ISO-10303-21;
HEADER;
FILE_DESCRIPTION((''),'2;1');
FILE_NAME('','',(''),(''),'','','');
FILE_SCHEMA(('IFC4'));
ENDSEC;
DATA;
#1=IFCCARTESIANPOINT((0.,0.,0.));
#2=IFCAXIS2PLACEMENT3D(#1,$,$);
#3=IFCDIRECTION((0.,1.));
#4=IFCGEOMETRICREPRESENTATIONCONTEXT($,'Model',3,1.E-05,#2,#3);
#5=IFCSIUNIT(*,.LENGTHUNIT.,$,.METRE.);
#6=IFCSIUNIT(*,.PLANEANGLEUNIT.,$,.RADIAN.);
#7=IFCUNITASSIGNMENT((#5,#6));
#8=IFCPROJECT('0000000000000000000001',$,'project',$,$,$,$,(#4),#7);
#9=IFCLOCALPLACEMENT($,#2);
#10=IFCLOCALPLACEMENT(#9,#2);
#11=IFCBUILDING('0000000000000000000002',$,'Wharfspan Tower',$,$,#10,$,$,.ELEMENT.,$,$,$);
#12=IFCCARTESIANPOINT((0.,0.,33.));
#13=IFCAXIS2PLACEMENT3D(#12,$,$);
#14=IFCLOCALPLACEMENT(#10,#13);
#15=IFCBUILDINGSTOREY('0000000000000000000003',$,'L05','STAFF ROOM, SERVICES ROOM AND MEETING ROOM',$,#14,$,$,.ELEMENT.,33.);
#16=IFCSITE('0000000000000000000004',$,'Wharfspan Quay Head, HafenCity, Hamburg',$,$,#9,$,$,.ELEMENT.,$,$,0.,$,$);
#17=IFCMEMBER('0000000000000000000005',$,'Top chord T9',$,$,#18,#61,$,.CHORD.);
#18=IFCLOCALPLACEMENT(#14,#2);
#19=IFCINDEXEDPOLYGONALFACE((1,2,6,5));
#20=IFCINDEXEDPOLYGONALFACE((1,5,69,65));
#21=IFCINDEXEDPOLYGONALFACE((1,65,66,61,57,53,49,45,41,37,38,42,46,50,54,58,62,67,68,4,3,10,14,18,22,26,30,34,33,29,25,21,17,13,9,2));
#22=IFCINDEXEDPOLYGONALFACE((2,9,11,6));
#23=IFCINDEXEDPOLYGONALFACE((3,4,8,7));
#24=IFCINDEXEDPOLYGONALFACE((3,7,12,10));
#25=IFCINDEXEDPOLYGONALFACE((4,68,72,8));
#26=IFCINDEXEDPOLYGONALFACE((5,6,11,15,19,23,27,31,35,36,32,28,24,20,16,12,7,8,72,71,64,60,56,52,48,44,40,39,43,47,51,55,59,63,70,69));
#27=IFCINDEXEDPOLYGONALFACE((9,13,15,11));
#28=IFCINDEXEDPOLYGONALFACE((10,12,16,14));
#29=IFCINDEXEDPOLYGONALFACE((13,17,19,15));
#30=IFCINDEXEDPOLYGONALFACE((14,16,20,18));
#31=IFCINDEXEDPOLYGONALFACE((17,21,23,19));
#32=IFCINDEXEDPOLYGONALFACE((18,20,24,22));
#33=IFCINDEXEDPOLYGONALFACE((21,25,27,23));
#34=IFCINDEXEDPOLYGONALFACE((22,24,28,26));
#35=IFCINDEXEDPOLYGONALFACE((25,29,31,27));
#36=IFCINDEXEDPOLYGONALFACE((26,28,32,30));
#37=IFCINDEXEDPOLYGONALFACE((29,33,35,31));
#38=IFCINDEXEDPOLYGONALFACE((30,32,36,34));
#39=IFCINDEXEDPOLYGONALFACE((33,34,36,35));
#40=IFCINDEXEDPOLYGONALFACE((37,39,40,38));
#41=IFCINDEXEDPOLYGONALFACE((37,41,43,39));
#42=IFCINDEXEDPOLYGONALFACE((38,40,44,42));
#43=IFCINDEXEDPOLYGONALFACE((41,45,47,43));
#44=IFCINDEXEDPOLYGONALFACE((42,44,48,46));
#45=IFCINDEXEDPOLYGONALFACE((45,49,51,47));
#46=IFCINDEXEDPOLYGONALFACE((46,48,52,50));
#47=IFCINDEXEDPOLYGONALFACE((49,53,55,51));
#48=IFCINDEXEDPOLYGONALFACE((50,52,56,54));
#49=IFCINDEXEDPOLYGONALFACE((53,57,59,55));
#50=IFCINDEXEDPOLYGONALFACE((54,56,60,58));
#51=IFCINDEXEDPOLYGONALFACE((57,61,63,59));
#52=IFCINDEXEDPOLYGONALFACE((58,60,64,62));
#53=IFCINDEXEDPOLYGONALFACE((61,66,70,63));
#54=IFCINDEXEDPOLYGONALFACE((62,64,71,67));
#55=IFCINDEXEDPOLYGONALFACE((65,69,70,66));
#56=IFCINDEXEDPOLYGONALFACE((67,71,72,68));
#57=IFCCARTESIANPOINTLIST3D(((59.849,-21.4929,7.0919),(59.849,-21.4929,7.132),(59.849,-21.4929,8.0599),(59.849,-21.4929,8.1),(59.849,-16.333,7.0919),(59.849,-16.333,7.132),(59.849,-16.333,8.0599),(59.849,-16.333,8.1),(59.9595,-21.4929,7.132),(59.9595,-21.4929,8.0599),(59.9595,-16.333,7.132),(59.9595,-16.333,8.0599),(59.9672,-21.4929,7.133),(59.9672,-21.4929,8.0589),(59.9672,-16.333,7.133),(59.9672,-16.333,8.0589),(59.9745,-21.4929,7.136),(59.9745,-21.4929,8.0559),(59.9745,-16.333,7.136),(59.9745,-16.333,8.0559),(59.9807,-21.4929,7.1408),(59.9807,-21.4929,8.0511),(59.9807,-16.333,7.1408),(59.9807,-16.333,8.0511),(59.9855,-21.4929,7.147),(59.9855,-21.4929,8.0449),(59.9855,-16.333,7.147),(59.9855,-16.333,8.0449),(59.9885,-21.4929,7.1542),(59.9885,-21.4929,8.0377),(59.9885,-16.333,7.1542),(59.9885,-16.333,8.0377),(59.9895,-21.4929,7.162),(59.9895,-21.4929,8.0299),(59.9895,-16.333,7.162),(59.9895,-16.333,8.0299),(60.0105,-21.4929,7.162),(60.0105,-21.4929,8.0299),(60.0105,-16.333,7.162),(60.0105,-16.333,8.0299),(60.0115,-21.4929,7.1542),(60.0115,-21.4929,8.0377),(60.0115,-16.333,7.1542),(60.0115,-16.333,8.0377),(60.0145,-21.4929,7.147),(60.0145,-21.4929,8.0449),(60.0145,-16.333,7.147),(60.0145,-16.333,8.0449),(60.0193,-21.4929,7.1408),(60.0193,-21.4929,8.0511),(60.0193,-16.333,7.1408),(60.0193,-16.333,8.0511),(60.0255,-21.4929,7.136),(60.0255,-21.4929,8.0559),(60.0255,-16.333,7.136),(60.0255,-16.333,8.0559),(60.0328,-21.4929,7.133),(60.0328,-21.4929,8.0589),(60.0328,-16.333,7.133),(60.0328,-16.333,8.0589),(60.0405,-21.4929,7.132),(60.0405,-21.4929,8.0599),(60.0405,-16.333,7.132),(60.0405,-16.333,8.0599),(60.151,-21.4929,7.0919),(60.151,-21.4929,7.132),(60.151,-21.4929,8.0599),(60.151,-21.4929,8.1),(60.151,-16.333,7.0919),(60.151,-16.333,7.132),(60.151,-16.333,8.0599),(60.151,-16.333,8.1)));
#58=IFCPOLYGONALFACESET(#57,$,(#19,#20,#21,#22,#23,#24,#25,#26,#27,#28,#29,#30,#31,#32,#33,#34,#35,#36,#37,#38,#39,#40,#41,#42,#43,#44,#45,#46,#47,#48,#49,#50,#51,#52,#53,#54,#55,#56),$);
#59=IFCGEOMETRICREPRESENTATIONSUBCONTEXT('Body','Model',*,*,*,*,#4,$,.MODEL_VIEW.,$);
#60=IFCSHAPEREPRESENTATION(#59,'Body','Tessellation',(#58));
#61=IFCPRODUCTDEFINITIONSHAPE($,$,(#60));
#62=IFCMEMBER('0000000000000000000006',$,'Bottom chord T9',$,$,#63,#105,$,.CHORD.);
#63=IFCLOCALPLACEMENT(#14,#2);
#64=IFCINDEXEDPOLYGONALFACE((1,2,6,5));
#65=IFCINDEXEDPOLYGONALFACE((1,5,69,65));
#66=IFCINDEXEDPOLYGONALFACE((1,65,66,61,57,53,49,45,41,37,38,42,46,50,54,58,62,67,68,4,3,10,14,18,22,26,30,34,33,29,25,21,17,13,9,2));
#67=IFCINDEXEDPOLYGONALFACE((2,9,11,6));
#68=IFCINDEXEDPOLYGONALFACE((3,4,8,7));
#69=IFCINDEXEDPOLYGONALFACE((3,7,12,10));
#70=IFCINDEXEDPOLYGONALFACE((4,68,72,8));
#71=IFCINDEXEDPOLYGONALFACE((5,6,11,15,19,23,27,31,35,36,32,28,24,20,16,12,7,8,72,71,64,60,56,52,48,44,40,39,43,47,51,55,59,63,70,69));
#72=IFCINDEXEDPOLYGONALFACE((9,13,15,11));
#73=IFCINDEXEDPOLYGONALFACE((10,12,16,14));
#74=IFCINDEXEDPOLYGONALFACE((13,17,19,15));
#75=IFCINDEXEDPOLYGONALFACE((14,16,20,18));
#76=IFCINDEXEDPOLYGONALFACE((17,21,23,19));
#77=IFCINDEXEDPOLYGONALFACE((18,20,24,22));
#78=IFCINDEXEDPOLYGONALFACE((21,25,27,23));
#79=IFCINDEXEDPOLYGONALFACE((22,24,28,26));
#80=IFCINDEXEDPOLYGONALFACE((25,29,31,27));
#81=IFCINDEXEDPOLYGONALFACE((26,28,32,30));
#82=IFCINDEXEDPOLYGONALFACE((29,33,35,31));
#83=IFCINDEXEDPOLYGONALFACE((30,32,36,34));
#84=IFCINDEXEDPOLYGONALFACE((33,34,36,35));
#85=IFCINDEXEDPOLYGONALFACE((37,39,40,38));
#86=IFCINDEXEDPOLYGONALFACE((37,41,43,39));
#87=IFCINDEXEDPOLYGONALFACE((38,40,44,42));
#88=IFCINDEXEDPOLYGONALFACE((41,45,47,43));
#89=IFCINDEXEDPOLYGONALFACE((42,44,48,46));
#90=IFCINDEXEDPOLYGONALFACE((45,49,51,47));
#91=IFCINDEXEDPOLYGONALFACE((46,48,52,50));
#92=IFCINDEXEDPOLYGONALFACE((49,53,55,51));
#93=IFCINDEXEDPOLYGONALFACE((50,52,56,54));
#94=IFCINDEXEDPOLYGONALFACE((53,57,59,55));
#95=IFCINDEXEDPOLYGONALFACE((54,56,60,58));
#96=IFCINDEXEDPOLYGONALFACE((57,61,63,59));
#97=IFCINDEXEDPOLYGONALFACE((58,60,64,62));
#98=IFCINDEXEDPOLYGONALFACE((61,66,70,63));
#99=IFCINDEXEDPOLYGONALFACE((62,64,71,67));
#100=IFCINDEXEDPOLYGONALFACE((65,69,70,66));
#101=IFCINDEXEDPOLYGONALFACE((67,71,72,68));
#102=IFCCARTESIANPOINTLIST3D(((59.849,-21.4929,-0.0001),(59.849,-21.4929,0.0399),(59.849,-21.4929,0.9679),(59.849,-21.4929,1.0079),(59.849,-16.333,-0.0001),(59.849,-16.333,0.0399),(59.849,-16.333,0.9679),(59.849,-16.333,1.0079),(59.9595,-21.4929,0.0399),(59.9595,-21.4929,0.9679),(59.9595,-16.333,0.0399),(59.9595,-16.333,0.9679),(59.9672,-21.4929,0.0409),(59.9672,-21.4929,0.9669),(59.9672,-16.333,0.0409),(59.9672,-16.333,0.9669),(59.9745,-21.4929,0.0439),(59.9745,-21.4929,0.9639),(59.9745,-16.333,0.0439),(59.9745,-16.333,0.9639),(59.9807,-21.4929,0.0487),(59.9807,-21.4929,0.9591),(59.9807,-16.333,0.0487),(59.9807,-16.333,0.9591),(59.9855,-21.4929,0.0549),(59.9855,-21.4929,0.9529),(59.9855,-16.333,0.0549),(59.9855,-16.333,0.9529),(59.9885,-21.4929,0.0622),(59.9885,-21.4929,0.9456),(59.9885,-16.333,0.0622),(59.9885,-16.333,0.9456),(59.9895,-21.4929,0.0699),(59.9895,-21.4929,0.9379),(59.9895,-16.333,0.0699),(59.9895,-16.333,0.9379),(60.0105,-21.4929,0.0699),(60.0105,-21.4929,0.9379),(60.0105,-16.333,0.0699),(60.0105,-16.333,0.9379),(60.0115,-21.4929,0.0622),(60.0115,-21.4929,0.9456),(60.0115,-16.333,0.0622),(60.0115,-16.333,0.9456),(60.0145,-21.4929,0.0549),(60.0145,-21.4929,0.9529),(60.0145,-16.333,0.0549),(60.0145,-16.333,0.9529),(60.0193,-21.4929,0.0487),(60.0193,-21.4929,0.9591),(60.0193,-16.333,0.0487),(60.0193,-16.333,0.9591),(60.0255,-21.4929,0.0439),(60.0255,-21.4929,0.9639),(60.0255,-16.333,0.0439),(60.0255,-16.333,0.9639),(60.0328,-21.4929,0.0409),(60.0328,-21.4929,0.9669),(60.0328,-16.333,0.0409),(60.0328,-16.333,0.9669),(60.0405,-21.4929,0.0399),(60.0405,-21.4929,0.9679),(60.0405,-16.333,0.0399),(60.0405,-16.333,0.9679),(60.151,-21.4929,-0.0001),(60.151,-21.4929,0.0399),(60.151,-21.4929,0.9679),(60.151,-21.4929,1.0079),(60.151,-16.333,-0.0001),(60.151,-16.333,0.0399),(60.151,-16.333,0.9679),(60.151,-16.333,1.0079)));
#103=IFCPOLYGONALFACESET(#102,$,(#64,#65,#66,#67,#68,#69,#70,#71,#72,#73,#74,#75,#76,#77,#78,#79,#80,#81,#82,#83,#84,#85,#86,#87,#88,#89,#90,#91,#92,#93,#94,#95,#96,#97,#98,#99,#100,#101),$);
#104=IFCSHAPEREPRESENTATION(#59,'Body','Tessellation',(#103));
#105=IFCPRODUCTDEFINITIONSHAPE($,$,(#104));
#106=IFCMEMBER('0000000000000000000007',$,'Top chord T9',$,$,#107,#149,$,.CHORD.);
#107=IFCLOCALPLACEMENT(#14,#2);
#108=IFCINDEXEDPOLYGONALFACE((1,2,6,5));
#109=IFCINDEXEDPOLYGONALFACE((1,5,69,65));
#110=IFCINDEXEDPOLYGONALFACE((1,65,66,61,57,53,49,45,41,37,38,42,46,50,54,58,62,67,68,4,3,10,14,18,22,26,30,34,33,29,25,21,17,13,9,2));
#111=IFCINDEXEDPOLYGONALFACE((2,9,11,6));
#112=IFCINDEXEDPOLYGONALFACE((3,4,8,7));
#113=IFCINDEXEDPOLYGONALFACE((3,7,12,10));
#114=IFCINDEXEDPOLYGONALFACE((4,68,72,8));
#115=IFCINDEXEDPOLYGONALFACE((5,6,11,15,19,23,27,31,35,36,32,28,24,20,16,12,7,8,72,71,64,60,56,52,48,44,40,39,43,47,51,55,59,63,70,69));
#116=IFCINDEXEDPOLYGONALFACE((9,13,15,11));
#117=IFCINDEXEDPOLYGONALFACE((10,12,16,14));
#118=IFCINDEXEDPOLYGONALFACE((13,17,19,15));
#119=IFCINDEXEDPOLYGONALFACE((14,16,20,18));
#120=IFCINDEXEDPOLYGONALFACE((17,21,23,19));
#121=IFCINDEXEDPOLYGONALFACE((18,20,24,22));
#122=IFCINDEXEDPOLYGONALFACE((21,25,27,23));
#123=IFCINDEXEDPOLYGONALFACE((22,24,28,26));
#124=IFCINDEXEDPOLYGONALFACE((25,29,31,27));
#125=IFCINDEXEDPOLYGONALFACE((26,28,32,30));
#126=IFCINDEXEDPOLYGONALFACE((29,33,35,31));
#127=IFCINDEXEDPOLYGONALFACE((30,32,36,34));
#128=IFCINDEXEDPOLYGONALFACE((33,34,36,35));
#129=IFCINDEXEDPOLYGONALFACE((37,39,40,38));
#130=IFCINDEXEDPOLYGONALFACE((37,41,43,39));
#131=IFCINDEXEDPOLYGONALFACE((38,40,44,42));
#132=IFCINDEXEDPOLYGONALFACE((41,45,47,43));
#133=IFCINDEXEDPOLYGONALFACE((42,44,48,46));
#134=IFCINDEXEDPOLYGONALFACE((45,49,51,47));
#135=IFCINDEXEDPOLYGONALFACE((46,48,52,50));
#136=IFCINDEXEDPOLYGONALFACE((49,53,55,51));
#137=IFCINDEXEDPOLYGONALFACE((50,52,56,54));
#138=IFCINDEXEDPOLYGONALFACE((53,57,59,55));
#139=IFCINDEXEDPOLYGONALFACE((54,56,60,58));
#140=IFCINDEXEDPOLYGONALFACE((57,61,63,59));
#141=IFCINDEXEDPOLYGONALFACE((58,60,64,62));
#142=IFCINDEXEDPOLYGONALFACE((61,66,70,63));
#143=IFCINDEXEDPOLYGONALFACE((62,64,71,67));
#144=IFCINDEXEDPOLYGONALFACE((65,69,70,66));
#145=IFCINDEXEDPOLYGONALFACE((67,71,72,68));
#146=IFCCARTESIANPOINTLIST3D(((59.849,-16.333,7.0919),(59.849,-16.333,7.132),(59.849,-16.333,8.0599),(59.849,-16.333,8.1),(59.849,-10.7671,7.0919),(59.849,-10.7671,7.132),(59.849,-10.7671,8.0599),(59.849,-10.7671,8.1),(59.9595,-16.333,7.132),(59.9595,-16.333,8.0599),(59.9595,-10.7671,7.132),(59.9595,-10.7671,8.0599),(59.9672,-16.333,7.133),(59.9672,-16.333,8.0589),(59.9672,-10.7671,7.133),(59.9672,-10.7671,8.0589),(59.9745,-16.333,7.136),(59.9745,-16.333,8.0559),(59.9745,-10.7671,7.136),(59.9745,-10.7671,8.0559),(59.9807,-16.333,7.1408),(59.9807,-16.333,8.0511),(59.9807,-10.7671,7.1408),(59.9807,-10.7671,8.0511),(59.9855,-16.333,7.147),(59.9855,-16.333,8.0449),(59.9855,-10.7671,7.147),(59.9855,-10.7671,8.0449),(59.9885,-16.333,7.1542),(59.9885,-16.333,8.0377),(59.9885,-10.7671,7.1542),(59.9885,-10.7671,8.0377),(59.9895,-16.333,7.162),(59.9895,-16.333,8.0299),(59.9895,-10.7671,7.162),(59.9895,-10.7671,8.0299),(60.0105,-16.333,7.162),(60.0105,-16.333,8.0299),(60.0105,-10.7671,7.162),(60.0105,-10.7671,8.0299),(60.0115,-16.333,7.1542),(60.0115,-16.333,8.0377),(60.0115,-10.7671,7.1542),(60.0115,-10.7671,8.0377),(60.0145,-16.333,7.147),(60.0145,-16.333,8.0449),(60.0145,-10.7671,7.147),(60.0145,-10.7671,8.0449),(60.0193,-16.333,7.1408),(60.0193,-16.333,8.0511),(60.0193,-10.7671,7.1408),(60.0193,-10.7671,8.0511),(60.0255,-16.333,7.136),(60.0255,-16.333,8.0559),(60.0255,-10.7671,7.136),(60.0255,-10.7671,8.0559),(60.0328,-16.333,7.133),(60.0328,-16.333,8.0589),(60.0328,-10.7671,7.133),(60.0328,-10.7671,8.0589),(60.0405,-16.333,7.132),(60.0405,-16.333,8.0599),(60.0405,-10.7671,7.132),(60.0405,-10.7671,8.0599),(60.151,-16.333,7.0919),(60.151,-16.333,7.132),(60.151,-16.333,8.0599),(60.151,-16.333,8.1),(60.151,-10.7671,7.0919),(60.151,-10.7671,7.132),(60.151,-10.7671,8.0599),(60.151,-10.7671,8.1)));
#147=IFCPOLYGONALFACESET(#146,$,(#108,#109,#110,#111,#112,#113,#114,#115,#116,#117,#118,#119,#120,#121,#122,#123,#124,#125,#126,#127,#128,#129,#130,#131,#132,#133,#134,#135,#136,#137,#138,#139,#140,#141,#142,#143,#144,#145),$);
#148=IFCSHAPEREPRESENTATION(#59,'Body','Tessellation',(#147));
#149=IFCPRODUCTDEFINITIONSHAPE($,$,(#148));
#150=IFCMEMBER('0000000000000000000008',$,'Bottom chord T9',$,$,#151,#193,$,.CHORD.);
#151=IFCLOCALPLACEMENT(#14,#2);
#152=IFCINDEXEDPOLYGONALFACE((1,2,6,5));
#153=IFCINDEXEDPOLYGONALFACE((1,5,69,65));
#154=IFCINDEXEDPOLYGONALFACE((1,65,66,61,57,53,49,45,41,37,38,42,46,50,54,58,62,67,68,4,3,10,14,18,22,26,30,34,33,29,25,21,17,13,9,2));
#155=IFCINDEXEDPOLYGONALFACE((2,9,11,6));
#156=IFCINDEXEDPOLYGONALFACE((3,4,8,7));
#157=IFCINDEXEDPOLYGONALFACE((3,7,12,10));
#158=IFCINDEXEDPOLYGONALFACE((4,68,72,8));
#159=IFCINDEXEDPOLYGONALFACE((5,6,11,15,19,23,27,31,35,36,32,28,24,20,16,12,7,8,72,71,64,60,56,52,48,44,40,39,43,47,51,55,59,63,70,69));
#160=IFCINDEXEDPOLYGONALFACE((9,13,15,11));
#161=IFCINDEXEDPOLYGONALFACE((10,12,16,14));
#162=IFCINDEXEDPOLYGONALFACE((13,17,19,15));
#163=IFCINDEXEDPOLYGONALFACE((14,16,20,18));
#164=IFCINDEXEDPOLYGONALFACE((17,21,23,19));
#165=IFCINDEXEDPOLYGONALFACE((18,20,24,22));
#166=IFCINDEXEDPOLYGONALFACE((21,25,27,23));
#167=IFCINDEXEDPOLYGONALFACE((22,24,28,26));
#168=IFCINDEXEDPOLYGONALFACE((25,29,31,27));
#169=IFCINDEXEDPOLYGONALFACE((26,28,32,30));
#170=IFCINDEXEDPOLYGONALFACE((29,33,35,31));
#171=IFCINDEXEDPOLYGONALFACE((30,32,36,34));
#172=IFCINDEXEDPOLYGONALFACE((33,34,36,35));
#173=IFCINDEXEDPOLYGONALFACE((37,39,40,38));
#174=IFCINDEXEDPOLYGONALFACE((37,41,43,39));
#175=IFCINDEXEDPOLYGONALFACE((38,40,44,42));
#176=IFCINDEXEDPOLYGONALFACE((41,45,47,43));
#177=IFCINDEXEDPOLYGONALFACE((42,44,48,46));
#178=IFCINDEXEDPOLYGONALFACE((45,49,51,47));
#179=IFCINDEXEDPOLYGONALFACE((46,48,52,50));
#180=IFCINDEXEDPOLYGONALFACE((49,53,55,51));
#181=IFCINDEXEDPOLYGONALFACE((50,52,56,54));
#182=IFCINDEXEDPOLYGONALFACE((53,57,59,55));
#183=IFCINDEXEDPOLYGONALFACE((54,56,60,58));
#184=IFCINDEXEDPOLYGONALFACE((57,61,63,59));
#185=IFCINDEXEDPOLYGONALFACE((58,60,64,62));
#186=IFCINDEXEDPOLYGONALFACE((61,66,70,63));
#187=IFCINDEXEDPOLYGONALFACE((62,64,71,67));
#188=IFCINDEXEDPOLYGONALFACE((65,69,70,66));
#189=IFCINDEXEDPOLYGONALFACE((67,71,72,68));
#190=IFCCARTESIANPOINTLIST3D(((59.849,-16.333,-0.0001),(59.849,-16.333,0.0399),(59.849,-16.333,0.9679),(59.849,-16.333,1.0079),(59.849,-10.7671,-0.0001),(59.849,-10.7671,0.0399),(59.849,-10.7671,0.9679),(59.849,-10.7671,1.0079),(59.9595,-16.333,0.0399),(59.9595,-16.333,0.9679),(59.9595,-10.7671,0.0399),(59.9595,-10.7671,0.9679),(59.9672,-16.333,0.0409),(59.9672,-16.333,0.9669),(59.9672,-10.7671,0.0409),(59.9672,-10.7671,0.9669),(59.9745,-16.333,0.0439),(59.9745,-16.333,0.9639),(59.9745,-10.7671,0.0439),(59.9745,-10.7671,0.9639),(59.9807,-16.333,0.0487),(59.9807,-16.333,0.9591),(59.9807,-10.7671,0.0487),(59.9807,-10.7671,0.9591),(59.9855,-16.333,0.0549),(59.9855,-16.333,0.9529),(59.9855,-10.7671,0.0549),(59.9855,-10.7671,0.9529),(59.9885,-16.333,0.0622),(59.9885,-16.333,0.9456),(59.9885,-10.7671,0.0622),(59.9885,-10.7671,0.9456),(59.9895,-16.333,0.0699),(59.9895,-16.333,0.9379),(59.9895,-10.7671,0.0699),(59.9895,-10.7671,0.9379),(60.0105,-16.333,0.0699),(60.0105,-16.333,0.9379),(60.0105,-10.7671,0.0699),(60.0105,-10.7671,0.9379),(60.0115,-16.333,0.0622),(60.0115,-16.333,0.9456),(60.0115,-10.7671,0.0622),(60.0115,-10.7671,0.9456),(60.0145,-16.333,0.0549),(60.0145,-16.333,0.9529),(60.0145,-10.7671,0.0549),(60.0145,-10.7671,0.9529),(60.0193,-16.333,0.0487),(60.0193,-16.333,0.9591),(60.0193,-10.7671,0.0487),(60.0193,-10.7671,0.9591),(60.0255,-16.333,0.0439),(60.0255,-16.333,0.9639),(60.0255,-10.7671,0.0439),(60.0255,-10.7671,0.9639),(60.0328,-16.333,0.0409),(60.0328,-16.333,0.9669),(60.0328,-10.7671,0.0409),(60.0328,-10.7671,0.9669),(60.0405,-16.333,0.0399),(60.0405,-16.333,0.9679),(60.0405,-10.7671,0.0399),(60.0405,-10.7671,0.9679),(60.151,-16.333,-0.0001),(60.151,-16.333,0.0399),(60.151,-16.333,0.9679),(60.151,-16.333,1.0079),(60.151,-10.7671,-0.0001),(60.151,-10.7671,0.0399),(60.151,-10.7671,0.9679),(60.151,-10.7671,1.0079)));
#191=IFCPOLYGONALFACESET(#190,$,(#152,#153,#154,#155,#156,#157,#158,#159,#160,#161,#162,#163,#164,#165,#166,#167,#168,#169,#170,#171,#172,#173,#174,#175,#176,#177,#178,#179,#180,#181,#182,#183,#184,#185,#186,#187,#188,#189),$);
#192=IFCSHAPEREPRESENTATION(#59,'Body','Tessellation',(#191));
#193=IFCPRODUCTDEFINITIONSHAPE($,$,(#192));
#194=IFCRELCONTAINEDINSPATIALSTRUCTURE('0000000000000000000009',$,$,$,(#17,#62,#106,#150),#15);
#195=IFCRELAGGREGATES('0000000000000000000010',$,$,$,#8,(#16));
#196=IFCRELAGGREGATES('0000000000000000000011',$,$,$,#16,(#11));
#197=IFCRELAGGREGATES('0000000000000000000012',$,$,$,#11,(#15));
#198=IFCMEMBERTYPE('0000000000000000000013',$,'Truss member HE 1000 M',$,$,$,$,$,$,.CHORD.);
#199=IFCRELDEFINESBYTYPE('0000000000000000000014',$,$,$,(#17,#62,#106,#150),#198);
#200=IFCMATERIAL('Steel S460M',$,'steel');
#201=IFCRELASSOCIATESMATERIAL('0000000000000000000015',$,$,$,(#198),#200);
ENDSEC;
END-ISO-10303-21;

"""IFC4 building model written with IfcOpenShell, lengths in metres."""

from ifc_helpers import new_model, si_unit, direction, frame, origin, origin_2d, place, context, subcontext, project, spatial, i_section, extrude, material, material_profile, profile_set, type_object, element, save


model = new_model("IFC4")

# Units and contexts
model_context = context("Model", 3, precision=1e-05, world=origin(), true_north=direction((0.0, 1.0)))
body_context = subcontext(model_context, "Body", "Model", "MODEL_VIEW")
ifc_project = project(units=[si_unit("LENGTHUNIT", "METRE"), si_unit("PLANEANGLEUNIT", "RADIAN")], contexts=[model_context])

# Site, building, storey
site_placement = place(None, origin())
site = spatial("IfcSite", under=ifc_project, at=site_placement, Name="Wharfspan Quay Head, HafenCity, Hamburg", CompositionType="ELEMENT", RefElevation=0.0)
building_placement = place(site_placement, origin())
building = spatial("IfcBuilding", under=site, at=building_placement, Name="Wharfspan Tower", CompositionType="ELEMENT")
storey_placement = place(building_placement, frame((0.0, 0.0, 33.0)))
storey = spatial("IfcBuildingStorey", under=building, at=storey_placement, Name="L05", Description="STAFF ROOM, SERVICES ROOM AND MEETING ROOM", CompositionType="ELEMENT", Elevation=33.0)

# Members
ifc_material_1 = material(Name="Steel S460M", Category="steel")
ifc_material_profile_1 = material_profile(ifc_material_1, i_section(OverallWidth=0.302, OverallDepth=1.0081, WebThickness=0.021, FlangeThickness=0.04, FilletRadius=0.03, at=origin_2d()))
ifc_profile_set_1 = profile_set([ifc_material_profile_1], Name="Steel S460M")
member_type_1 = type_object("IfcMemberType", Name="Truss member HE 1000 M", PredefinedType="CHORD", material=ifc_profile_set_1)
for number, where, z_axis, x_axis, name in (
    (1, (60.0, -21.4929, 7.5959), (0.0, 1.0, 0.0), (-1.0, 0.0, 0.0), "Top chord T9"),
    (2, (60.0, -21.4929, 0.5039), (0.0, 1.0, 0.0), (-1.0, 0.0, 0.0), "Bottom chord T9"),
):
    element("IfcMember", number, at=place(storey_placement, frame(where, z_axis=z_axis, x_axis=x_axis)), inside=storey, type_object=member_type_1, Name=name, PredefinedType="CHORD", context=body_context, shape_type="SweptSolid", body=[
        extrude(i_section(OverallWidth=0.302, OverallDepth=1.0081, WebThickness=0.021, FlangeThickness=0.04, FilletRadius=0.03, at=origin_2d()), origin(), (0.0, 0.0, 1.0), 5.1599),
    ])
for number, where, z_axis, x_axis, name in (
    (3, (60.0, -16.333, 7.5959), (0.0, 1.0, 0.0), (-1.0, 0.0, 0.0), "Top chord T9"),
    (4, (60.0, -16.333, 0.5039), (0.0, 1.0, 0.0), (-1.0, 0.0, 0.0), "Bottom chord T9"),
):
    element("IfcMember", number, at=place(storey_placement, frame(where, z_axis=z_axis, x_axis=x_axis)), inside=storey, type_object=member_type_1, Name=name, PredefinedType="CHORD", context=body_context, shape_type="SweptSolid", body=[
        extrude(i_section(OverallWidth=0.302, OverallDepth=1.0081, WebThickness=0.021, FlangeThickness=0.04, FilletRadius=0.03, at=origin_2d()), origin(), (0.0, 0.0, 1.0), 5.5659),
    ])

save(model, "model.ifc")
